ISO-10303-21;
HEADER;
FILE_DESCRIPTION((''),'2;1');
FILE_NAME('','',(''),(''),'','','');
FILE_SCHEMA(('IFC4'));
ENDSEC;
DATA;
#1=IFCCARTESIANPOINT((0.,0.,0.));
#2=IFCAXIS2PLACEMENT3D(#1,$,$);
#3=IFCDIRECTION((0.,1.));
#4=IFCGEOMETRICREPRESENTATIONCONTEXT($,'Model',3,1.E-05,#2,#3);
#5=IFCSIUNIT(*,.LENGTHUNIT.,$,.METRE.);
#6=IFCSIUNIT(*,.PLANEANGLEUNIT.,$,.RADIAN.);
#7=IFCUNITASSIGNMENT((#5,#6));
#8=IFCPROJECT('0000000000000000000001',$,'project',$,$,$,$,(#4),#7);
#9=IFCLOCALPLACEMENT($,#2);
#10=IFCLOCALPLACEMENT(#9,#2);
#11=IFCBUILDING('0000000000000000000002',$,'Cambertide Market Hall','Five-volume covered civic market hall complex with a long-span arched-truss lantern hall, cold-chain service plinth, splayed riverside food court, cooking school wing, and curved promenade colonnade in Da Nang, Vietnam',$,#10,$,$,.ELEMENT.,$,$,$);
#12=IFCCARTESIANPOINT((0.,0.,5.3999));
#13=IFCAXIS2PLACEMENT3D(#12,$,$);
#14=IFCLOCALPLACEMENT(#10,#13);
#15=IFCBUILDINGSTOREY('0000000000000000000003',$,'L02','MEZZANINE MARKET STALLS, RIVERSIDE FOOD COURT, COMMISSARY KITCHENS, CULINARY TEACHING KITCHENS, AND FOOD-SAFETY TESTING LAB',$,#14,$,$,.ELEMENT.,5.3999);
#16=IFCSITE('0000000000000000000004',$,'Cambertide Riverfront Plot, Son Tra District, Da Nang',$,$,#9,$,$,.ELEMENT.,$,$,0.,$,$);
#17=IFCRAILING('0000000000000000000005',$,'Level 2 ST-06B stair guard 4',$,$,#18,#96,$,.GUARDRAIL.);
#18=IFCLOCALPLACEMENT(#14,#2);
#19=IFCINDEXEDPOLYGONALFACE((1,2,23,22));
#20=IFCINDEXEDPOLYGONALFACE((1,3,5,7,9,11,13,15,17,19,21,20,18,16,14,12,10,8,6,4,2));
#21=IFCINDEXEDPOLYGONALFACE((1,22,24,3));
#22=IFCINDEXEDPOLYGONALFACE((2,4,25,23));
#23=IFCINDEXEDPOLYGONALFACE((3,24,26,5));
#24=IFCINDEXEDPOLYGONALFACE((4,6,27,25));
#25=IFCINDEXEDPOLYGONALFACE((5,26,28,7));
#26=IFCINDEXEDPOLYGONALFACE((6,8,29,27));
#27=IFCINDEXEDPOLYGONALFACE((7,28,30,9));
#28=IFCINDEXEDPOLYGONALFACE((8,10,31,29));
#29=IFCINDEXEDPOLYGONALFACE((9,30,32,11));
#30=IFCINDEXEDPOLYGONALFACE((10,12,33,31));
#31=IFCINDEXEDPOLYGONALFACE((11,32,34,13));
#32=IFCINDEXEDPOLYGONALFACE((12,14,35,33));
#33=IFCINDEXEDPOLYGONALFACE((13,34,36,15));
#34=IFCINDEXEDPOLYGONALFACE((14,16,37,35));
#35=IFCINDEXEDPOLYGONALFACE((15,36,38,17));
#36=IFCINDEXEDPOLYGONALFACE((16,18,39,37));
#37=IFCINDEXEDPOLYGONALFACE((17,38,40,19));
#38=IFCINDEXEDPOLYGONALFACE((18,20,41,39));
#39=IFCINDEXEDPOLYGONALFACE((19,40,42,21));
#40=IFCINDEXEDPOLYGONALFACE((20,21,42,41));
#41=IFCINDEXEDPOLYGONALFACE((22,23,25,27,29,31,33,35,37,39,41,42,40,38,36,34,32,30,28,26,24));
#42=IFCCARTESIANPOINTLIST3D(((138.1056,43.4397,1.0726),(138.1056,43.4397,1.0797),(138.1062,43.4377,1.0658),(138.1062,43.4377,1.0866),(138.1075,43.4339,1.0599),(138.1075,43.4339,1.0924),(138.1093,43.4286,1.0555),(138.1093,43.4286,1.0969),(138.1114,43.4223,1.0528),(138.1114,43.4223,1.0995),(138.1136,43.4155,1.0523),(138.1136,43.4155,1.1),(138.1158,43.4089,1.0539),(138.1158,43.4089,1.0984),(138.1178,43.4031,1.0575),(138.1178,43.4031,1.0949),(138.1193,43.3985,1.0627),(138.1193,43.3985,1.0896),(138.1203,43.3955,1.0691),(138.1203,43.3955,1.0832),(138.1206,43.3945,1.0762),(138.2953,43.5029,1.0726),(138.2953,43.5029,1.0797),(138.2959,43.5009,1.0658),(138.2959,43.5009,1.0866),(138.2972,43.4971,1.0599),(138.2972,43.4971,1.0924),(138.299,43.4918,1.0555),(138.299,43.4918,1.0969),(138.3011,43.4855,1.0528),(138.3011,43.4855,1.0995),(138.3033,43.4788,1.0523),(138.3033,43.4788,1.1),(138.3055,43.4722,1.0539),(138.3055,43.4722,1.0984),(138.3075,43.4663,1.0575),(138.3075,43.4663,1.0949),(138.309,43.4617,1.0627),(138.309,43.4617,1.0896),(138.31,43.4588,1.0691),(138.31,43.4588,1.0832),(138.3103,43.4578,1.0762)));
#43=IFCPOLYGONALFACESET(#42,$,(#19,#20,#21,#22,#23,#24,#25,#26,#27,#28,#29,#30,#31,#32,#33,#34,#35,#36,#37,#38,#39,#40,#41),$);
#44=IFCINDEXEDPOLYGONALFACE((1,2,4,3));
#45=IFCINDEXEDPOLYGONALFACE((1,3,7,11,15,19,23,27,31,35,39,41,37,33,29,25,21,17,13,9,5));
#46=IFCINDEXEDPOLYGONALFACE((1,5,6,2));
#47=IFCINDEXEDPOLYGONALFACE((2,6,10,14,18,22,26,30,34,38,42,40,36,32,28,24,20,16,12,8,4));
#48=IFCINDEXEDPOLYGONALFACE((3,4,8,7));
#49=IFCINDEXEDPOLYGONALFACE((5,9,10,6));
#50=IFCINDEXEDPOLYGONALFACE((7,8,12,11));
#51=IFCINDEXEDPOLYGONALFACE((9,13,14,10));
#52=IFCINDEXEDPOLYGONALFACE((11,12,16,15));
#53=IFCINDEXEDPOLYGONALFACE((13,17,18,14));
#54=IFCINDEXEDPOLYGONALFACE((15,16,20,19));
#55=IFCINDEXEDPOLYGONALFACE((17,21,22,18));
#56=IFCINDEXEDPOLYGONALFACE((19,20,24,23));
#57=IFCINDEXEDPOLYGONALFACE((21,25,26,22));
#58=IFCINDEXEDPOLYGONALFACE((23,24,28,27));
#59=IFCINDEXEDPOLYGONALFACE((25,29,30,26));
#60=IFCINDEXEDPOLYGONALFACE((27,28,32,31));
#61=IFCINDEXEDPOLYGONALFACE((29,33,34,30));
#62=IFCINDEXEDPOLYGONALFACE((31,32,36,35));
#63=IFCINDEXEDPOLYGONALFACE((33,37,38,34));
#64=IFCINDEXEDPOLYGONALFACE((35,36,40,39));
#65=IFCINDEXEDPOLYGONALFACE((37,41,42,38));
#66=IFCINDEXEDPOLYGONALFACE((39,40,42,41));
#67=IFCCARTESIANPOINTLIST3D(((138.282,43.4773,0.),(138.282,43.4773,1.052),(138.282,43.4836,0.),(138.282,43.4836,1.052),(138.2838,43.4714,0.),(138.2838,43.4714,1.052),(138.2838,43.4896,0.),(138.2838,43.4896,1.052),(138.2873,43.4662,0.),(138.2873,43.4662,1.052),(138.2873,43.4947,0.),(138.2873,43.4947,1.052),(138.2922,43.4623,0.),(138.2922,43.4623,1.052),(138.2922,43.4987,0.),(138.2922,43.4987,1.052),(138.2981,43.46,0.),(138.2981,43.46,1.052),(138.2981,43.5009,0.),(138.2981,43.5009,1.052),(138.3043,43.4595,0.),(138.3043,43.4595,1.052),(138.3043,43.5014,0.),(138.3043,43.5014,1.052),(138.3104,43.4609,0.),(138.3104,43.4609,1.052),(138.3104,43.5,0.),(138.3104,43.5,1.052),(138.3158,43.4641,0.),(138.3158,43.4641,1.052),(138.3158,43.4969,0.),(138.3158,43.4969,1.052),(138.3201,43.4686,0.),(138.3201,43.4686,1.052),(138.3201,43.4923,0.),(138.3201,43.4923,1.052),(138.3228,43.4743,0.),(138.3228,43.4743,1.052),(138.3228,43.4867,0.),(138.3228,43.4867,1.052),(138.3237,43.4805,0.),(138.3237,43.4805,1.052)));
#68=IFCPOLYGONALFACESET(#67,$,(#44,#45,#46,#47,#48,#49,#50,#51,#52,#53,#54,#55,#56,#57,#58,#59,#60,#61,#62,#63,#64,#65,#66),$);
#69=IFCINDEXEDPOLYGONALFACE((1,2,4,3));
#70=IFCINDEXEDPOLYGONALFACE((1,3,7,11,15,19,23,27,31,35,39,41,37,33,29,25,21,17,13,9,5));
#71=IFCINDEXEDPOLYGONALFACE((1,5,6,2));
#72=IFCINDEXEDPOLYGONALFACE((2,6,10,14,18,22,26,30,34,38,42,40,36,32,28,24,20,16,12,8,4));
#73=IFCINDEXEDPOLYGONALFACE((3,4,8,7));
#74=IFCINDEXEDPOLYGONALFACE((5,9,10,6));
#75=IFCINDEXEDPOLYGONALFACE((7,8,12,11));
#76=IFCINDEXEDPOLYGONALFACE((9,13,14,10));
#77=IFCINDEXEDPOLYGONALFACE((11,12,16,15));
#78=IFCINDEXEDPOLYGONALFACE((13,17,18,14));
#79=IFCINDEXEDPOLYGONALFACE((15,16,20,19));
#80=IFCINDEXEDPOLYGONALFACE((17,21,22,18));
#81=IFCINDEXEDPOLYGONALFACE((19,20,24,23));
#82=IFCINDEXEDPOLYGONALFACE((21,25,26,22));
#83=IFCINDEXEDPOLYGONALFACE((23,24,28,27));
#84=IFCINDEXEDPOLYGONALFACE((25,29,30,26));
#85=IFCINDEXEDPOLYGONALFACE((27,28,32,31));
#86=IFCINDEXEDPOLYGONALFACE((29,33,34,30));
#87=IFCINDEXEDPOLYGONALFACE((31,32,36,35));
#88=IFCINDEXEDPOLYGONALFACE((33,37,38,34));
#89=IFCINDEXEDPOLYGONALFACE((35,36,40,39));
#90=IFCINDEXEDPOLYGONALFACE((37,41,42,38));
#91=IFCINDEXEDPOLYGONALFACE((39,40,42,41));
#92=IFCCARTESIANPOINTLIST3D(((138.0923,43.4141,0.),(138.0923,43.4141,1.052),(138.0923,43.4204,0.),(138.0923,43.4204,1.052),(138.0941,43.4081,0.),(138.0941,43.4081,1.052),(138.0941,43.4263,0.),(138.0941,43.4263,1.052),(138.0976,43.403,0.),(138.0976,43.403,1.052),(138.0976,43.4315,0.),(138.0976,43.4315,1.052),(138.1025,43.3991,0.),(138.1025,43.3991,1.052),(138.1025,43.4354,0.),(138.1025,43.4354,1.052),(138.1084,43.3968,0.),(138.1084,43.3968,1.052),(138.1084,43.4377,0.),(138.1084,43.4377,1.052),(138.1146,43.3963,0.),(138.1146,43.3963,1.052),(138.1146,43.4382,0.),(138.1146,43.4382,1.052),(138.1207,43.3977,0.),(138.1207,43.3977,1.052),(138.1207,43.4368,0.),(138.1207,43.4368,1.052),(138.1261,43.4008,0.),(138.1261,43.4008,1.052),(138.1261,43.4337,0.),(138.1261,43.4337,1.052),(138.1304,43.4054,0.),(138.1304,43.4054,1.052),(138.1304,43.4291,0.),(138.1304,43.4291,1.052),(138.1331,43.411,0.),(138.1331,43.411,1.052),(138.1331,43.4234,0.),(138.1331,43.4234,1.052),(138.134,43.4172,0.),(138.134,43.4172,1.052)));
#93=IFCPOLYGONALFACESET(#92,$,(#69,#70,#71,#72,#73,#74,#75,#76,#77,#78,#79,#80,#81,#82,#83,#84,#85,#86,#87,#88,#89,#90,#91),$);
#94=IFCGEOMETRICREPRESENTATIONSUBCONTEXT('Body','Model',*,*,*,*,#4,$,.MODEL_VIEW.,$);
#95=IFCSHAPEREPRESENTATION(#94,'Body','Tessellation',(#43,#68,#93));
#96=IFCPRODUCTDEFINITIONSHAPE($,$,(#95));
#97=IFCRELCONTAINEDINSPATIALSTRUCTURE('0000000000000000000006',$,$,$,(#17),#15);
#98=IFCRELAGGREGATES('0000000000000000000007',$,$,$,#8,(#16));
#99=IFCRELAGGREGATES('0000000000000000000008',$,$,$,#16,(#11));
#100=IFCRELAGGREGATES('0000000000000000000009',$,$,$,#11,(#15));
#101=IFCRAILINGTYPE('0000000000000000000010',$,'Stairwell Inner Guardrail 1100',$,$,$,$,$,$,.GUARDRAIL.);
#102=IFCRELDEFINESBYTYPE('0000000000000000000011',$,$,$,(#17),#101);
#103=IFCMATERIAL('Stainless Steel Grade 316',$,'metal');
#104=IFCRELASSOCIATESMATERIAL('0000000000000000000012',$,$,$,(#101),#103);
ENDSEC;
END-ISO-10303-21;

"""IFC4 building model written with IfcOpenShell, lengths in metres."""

from ifc_helpers import new_model, si_unit, direction, frame, origin, origin_2d, place, context, subcontext, project, spatial, circle, extrude, material, type_object, element, save


model = new_model("IFC4")

# Units and contexts
model_context = context("Model", 3, precision=1e-05, world=origin(), true_north=direction((0.0, 1.0)))
body_context = subcontext(model_context, "Body", "Model", "MODEL_VIEW")
ifc_project = project(units=[si_unit("LENGTHUNIT", "METRE"), si_unit("PLANEANGLEUNIT", "RADIAN")], contexts=[model_context])

# Site, building, storey
site_placement = place(None, origin())
site = spatial("IfcSite", under=ifc_project, at=site_placement, Name="Cambertide Riverfront Plot, Son Tra District, Da Nang", CompositionType="ELEMENT", RefElevation=0.0)
building_placement = place(site_placement, origin())
building = spatial("IfcBuilding", under=site, at=building_placement, Name="Cambertide Market Hall", Description="Five-volume covered civic market hall complex with a long-span arched-truss lantern hall, cold-chain service plinth, splayed riverside food court, cooking school wing, and curved promenade colonnade in Da Nang, Vietnam", CompositionType="ELEMENT")
storey_placement = place(building_placement, frame((0.0, 0.0, 5.3999)))
storey = spatial("IfcBuildingStorey", under=building, at=storey_placement, Name="L02", Description="MEZZANINE MARKET STALLS, RIVERSIDE FOOD COURT, COMMISSARY KITCHENS, CULINARY TEACHING KITCHENS, AND FOOD-SAFETY TESTING LAB", CompositionType="ELEMENT", Elevation=5.3999)

# Railing
ifc_material_1 = material(Name="Stainless Steel Grade 316", Category="metal")
railing_type_1 = type_object("IfcRailingType", Name="Stairwell Inner Guardrail 1100", PredefinedType="GUARDRAIL", material=ifc_material_1)
railing_1_placement = place(storey_placement, frame((138.3027, 43.4805, 0.0)))
element("IfcRailing", 1, at=railing_1_placement, inside=storey, type_object=railing_type_1, Name="Level 2 ST-06B stair guard 4", PredefinedType="GUARDRAIL", context=body_context, shape_type="SweptSolid", body=[
    extrude(circle(Radius=0.0239, at=origin_2d()), frame((0.0, 0.0, 1.0762), z_axis=(-0.948683, -0.316228, 0.0), x_axis=(0.316228, -0.948683, 0.0)), (0.0, 0.0, 1.0), 0.2),
    extrude(circle(Radius=0.021, at=origin_2d()), origin(), (0.0, 0.0, 1.0), 1.052),
    extrude(circle(Radius=0.021, at=origin_2d()), frame((-0.1897, -0.0632, 0.0)), (0.0, 0.0, 1.0), 1.052),
])

save(model, "model.ifc")
